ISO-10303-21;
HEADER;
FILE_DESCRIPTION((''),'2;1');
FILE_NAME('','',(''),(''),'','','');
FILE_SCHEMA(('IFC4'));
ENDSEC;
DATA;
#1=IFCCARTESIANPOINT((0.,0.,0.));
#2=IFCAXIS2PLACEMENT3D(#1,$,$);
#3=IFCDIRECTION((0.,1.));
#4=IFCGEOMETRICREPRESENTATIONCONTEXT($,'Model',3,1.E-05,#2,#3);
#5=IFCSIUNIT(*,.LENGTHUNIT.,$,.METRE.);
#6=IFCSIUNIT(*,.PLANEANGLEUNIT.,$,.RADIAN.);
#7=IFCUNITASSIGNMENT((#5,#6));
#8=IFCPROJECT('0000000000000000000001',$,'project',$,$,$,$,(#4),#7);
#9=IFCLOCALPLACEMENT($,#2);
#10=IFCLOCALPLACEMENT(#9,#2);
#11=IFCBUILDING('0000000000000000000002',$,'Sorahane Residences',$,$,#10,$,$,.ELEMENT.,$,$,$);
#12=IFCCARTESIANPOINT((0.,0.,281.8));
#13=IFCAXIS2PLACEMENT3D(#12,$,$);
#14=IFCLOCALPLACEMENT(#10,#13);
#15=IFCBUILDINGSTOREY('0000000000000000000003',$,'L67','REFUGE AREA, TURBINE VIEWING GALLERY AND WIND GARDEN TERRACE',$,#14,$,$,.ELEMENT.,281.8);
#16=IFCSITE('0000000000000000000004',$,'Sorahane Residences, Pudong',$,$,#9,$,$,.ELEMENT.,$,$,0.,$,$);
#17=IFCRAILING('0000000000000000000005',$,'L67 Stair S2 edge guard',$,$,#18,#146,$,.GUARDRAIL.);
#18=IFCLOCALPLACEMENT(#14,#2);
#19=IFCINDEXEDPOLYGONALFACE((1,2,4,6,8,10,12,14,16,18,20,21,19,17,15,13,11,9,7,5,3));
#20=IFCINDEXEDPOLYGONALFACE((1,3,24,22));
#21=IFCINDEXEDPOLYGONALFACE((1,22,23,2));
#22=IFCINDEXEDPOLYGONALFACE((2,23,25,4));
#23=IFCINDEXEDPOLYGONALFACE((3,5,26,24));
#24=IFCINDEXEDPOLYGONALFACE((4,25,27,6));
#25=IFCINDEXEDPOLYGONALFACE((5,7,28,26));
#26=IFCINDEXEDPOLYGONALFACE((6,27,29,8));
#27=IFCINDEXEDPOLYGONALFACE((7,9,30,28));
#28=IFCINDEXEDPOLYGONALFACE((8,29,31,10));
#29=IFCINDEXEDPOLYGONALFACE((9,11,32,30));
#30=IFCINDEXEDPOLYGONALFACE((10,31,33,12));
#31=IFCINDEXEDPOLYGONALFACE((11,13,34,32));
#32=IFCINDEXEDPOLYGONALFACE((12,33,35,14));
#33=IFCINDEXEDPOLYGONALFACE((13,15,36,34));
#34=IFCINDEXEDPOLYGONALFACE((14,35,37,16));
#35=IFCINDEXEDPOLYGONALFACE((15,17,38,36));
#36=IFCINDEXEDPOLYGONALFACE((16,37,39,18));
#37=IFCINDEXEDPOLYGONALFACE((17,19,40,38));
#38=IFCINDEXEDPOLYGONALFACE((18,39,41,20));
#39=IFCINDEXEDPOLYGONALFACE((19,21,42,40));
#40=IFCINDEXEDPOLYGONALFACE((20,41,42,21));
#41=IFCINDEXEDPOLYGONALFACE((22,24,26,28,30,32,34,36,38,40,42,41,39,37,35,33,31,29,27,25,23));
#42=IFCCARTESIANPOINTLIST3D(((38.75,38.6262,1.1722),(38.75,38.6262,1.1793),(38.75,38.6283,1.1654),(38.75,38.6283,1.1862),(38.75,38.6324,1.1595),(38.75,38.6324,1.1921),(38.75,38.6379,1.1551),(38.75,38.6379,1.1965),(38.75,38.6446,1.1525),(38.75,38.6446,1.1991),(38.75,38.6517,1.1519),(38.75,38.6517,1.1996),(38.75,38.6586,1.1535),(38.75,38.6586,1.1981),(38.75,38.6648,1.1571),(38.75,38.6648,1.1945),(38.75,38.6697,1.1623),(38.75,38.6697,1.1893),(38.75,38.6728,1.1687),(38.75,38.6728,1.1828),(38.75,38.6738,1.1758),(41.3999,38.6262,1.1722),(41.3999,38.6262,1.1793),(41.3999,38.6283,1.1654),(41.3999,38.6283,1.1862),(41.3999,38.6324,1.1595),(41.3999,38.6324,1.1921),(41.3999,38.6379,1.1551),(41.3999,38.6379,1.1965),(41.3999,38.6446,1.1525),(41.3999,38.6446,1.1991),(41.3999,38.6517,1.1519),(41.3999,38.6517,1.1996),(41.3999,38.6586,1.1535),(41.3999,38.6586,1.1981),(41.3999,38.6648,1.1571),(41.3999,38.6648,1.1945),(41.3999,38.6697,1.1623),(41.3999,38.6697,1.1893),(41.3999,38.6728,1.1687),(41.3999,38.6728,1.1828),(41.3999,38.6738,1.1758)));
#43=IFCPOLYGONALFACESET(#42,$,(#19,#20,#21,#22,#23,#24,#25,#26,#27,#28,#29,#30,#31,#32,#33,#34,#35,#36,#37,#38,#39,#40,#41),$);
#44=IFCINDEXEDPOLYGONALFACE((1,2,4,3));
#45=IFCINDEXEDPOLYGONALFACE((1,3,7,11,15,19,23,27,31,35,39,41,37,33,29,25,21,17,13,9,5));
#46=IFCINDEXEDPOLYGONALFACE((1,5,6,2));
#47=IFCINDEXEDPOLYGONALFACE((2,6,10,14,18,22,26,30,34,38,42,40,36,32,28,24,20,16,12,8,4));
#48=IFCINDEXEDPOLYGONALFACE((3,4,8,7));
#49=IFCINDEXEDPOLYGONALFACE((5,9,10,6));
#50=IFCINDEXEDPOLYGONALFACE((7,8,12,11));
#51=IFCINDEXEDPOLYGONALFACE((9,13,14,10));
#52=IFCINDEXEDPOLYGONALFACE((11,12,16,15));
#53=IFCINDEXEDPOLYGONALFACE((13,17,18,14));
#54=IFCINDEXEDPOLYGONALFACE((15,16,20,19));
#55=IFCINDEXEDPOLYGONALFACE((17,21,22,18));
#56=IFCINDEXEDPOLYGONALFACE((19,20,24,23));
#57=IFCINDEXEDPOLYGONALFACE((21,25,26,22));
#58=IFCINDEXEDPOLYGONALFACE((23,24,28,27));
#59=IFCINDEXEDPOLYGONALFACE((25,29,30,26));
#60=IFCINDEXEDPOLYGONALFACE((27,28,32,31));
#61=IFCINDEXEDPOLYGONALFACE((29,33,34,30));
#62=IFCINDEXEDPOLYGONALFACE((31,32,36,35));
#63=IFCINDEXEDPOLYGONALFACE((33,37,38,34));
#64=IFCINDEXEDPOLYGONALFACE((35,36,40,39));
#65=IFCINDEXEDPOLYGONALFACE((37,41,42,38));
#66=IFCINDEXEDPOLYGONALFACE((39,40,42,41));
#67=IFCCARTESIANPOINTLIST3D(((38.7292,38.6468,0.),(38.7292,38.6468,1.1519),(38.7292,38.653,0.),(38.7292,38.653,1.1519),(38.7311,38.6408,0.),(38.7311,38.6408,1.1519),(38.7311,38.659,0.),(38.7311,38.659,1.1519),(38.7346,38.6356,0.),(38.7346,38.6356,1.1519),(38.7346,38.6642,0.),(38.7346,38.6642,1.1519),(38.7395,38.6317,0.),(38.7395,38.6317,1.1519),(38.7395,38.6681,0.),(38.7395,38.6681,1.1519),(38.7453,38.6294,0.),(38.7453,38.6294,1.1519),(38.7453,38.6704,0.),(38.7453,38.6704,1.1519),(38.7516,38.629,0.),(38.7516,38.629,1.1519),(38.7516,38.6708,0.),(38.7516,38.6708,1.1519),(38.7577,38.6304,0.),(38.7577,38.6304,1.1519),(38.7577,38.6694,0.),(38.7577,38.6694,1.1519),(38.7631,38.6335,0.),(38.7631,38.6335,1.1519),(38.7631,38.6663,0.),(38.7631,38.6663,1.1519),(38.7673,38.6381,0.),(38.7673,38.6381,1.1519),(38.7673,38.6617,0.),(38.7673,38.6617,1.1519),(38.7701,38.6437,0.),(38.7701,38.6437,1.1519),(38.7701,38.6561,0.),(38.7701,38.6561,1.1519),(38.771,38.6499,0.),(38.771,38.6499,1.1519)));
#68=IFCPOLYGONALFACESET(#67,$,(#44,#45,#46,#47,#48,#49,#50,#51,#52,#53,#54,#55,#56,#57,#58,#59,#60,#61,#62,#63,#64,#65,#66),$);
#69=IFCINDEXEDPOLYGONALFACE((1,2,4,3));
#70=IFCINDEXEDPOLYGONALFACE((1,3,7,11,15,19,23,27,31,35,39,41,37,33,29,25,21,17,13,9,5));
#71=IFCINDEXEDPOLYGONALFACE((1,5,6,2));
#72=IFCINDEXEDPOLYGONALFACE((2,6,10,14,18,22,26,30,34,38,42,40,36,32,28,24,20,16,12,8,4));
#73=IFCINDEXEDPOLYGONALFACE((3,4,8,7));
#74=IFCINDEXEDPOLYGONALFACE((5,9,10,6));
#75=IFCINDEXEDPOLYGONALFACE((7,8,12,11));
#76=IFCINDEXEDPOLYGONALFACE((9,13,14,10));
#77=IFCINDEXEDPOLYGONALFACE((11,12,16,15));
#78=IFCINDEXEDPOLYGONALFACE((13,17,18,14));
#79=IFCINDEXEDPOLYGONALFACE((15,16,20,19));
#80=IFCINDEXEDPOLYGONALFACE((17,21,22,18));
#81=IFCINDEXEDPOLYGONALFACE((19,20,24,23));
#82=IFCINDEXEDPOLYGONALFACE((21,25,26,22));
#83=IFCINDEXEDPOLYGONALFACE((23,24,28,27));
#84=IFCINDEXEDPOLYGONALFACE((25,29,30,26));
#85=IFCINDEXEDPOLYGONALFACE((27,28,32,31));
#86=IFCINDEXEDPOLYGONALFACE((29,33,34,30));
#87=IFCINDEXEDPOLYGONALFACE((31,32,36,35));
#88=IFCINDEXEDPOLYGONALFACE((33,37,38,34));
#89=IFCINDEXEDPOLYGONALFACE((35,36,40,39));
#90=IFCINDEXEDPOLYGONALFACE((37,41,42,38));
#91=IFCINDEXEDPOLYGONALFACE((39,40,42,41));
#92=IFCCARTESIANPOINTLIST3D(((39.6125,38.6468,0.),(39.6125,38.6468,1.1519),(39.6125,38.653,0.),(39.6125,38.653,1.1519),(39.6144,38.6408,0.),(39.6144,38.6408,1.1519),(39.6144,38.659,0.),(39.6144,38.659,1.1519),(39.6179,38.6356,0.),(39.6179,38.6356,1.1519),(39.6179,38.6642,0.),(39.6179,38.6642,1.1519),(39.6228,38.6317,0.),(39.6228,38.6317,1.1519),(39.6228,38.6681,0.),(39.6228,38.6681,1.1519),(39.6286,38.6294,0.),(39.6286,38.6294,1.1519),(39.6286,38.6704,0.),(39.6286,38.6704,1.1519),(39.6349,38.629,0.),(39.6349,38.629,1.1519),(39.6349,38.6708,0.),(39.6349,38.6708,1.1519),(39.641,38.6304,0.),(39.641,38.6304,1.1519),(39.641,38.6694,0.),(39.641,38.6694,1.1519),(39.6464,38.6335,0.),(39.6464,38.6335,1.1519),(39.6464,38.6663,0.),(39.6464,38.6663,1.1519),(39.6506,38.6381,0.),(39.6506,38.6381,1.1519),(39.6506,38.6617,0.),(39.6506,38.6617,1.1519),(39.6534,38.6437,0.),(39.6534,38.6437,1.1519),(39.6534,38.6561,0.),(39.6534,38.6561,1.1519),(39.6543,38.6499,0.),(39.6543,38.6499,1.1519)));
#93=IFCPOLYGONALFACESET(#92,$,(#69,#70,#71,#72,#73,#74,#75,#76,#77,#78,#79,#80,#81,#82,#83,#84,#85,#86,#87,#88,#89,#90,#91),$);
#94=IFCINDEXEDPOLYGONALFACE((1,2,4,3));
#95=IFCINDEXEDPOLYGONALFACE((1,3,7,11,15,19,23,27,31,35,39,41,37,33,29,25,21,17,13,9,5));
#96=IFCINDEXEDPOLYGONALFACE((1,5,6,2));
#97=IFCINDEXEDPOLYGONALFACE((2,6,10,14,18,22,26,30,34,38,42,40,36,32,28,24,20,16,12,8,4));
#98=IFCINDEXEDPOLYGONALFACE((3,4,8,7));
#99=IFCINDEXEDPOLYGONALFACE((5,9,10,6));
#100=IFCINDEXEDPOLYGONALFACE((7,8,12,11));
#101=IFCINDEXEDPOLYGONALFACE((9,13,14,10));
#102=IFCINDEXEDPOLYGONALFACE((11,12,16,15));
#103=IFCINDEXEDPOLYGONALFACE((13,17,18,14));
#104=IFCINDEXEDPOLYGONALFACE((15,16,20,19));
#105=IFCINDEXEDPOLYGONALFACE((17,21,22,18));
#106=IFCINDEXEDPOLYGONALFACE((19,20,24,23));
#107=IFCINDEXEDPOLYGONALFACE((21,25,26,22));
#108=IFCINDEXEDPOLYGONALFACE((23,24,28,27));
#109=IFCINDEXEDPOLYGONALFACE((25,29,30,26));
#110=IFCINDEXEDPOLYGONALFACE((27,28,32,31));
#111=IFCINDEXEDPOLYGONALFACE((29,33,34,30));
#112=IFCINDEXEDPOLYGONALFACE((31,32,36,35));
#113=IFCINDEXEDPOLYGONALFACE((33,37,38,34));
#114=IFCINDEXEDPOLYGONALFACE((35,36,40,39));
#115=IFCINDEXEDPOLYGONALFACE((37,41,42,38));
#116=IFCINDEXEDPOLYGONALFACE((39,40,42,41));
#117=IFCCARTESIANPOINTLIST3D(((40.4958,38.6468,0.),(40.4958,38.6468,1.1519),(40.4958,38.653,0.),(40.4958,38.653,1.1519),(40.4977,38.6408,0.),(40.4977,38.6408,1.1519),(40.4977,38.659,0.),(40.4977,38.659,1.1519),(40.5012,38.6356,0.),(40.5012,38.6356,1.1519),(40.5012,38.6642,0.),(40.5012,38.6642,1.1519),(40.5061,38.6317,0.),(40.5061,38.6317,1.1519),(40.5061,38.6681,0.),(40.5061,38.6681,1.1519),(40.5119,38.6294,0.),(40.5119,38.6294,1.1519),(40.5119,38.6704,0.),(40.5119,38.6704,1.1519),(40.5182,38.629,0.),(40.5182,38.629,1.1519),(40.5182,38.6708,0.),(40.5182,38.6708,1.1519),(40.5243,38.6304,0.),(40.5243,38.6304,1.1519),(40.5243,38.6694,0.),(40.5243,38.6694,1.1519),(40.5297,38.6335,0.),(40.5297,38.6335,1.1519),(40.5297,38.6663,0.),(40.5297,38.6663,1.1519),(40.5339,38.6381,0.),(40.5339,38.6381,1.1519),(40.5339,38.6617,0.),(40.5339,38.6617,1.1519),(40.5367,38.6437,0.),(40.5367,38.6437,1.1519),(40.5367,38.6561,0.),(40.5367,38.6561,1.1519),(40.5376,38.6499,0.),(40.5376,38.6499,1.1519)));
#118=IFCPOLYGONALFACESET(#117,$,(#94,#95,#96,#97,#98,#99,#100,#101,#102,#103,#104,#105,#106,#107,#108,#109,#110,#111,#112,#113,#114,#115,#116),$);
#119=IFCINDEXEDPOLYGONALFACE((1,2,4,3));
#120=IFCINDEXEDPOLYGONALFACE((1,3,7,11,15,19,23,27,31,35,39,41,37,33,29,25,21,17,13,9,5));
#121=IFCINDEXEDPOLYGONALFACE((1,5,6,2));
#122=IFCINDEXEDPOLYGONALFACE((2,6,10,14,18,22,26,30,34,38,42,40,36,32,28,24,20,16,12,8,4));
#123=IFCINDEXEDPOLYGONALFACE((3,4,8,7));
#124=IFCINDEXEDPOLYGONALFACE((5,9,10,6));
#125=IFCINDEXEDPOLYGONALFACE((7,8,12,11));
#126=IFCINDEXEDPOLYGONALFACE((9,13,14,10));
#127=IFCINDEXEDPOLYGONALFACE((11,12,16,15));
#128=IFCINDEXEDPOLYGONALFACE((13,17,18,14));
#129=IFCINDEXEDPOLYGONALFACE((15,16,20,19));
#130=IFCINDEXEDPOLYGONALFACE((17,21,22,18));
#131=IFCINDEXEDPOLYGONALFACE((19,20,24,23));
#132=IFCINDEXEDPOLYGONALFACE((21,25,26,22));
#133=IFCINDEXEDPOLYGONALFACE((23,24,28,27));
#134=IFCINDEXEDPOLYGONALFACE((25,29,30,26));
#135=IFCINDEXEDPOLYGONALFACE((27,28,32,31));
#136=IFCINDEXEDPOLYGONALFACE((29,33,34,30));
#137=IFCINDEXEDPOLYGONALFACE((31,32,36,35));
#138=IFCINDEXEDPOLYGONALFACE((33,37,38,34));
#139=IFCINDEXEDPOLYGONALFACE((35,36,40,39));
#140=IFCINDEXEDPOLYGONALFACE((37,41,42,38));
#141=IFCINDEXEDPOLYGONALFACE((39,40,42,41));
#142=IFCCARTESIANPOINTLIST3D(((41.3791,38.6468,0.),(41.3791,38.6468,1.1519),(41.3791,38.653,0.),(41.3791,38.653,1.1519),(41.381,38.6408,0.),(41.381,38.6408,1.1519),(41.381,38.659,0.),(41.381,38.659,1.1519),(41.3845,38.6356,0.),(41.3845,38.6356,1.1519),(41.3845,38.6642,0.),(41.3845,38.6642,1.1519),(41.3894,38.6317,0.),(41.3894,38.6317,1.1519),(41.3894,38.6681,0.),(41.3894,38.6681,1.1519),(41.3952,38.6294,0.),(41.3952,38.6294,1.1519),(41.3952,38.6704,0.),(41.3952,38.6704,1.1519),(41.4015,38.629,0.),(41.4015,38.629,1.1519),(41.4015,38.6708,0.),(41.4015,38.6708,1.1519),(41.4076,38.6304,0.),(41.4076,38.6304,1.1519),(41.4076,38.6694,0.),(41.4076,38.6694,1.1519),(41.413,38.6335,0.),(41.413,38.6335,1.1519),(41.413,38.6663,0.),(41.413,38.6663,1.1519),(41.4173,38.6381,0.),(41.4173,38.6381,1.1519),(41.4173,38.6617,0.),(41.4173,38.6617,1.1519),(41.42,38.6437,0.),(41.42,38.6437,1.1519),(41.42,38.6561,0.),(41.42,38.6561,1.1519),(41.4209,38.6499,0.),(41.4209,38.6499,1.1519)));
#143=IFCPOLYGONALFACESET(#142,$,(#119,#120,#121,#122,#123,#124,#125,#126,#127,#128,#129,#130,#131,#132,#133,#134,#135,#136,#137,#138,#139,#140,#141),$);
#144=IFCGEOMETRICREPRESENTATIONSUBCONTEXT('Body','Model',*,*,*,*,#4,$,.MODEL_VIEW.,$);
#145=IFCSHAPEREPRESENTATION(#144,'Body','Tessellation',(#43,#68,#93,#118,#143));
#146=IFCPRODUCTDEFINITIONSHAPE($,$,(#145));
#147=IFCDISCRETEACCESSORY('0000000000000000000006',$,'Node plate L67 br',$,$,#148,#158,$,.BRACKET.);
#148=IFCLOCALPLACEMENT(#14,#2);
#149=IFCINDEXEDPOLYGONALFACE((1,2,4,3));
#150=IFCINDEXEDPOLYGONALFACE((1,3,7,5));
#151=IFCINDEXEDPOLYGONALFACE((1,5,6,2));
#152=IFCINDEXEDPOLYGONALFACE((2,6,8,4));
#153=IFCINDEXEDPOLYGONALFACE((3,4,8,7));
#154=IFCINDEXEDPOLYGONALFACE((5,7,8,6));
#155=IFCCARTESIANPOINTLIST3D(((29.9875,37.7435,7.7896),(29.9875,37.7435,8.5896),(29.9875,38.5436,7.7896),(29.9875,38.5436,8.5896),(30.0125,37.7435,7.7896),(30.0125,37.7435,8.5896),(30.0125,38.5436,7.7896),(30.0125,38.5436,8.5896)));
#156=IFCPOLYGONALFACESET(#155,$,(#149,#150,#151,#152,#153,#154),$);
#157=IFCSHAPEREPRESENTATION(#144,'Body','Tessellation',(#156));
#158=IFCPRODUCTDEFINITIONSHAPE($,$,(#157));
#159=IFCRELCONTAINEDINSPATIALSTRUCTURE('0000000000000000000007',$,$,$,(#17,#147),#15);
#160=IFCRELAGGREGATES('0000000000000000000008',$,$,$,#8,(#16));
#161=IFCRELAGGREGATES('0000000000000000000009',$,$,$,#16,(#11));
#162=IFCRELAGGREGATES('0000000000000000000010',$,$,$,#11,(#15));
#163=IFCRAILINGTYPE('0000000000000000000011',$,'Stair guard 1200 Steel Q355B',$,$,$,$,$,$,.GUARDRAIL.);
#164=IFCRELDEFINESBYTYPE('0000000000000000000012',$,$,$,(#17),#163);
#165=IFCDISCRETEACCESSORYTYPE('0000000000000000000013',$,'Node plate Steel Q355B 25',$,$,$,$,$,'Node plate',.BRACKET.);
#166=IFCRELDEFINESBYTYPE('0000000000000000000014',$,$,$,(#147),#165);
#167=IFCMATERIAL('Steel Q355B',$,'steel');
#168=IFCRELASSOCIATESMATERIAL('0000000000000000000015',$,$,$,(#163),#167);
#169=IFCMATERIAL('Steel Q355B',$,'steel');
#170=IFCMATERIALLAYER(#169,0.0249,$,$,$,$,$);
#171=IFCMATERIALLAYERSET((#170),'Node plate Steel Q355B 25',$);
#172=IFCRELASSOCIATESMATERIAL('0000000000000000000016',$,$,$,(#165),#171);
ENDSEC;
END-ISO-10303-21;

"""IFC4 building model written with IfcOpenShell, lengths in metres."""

from ifc_helpers import new_model, si_unit, direction, frame, origin, origin_2d, place, context, subcontext, project, spatial, rectangle, circle, extrude, material, layer, layer_set, type_object, element, save


model = new_model("IFC4")

# Units and contexts
model_context = context("Model", 3, precision=1e-05, world=origin(), true_north=direction((0.0, 1.0)))
body_context = subcontext(model_context, "Body", "Model", "MODEL_VIEW")
ifc_project = project(units=[si_unit("LENGTHUNIT", "METRE"), si_unit("PLANEANGLEUNIT", "RADIAN")], contexts=[model_context])

# Site, building, storey
site_placement = place(None, origin())
site = spatial("IfcSite", under=ifc_project, at=site_placement, Name="Sorahane Residences, Pudong", CompositionType="ELEMENT", RefElevation=0.0)
building_placement = place(site_placement, origin())
building = spatial("IfcBuilding", under=site, at=building_placement, Name="Sorahane Residences", CompositionType="ELEMENT")
storey_placement = place(building_placement, frame((0.0, 0.0, 281.8)))
storey = spatial("IfcBuildingStorey", under=building, at=storey_placement, Name="L67", Description="REFUGE AREA, TURBINE VIEWING GALLERY AND WIND GARDEN TERRACE", CompositionType="ELEMENT", Elevation=281.8)

# Railing
ifc_material_1 = material(Name="Steel Q355B", Category="steel")
railing_type = type_object("IfcRailingType", Name="Stair guard 1200 Steel Q355B", PredefinedType="GUARDRAIL", material=ifc_material_1)
railing_placement = place(storey_placement, frame((38.75, 38.6499, 0.0)))
element("IfcRailing", 1, at=railing_placement, inside=storey, type_object=railing_type, Name="L67 Stair S2 edge guard", PredefinedType="GUARDRAIL", context=body_context, shape_type="SweptSolid", body=[
    extrude(circle(Radius=0.0239, at=origin_2d()), frame((0.0, 0.0, 1.1758), z_axis=(1.0, 0.0, 0.0), x_axis=(0.0, 1.0, 0.0)), (0.0, 0.0, 1.0), 2.6499),
    extrude(circle(Radius=0.021, at=origin_2d()), origin(), (0.0, 0.0, 1.0), 1.1519),
    extrude(circle(Radius=0.021, at=origin_2d()), frame((0.8833, 0.0, 0.0)), (0.0, 0.0, 1.0), 1.1519),
    extrude(circle(Radius=0.021, at=origin_2d()), frame((1.7666, 0.0, 0.0)), (0.0, 0.0, 1.0), 1.1519),
    extrude(circle(Radius=0.021, at=origin_2d()), frame((2.6499, 0.0, 0.0)), (0.0, 0.0, 1.0), 1.1519),
])

# Discrete accessory
ifc_material_2 = material(Name="Steel Q355B", Category="steel")
ifc_layer_1 = layer(ifc_material_2, 0.0249)
ifc_layer_set_1 = layer_set([ifc_layer_1], Name="Node plate Steel Q355B 25")
discrete_accessory_type = type_object("IfcDiscreteAccessoryType", Name="Node plate Steel Q355B 25", ElementType="Node plate", PredefinedType="BRACKET", material=ifc_layer_set_1)
discrete_accessory_placement = place(storey_placement, frame((30.0, 38.1436, 7.7896), z_axis=(0.0, 0.0, 1.0), x_axis=(0.0, 1.0, 0.0)))
element("IfcDiscreteAccessory", 2, at=discrete_accessory_placement, inside=storey, type_object=discrete_accessory_type, Name="Node plate L67 br", PredefinedType="BRACKET", context=body_context, shape_type="SweptSolid", body=[
    extrude(rectangle(XDim=0.8, YDim=0.0249, at=origin_2d()), origin(), (0.0, 0.0, 1.0), 0.8),
])

save(model, "model.ifc")
